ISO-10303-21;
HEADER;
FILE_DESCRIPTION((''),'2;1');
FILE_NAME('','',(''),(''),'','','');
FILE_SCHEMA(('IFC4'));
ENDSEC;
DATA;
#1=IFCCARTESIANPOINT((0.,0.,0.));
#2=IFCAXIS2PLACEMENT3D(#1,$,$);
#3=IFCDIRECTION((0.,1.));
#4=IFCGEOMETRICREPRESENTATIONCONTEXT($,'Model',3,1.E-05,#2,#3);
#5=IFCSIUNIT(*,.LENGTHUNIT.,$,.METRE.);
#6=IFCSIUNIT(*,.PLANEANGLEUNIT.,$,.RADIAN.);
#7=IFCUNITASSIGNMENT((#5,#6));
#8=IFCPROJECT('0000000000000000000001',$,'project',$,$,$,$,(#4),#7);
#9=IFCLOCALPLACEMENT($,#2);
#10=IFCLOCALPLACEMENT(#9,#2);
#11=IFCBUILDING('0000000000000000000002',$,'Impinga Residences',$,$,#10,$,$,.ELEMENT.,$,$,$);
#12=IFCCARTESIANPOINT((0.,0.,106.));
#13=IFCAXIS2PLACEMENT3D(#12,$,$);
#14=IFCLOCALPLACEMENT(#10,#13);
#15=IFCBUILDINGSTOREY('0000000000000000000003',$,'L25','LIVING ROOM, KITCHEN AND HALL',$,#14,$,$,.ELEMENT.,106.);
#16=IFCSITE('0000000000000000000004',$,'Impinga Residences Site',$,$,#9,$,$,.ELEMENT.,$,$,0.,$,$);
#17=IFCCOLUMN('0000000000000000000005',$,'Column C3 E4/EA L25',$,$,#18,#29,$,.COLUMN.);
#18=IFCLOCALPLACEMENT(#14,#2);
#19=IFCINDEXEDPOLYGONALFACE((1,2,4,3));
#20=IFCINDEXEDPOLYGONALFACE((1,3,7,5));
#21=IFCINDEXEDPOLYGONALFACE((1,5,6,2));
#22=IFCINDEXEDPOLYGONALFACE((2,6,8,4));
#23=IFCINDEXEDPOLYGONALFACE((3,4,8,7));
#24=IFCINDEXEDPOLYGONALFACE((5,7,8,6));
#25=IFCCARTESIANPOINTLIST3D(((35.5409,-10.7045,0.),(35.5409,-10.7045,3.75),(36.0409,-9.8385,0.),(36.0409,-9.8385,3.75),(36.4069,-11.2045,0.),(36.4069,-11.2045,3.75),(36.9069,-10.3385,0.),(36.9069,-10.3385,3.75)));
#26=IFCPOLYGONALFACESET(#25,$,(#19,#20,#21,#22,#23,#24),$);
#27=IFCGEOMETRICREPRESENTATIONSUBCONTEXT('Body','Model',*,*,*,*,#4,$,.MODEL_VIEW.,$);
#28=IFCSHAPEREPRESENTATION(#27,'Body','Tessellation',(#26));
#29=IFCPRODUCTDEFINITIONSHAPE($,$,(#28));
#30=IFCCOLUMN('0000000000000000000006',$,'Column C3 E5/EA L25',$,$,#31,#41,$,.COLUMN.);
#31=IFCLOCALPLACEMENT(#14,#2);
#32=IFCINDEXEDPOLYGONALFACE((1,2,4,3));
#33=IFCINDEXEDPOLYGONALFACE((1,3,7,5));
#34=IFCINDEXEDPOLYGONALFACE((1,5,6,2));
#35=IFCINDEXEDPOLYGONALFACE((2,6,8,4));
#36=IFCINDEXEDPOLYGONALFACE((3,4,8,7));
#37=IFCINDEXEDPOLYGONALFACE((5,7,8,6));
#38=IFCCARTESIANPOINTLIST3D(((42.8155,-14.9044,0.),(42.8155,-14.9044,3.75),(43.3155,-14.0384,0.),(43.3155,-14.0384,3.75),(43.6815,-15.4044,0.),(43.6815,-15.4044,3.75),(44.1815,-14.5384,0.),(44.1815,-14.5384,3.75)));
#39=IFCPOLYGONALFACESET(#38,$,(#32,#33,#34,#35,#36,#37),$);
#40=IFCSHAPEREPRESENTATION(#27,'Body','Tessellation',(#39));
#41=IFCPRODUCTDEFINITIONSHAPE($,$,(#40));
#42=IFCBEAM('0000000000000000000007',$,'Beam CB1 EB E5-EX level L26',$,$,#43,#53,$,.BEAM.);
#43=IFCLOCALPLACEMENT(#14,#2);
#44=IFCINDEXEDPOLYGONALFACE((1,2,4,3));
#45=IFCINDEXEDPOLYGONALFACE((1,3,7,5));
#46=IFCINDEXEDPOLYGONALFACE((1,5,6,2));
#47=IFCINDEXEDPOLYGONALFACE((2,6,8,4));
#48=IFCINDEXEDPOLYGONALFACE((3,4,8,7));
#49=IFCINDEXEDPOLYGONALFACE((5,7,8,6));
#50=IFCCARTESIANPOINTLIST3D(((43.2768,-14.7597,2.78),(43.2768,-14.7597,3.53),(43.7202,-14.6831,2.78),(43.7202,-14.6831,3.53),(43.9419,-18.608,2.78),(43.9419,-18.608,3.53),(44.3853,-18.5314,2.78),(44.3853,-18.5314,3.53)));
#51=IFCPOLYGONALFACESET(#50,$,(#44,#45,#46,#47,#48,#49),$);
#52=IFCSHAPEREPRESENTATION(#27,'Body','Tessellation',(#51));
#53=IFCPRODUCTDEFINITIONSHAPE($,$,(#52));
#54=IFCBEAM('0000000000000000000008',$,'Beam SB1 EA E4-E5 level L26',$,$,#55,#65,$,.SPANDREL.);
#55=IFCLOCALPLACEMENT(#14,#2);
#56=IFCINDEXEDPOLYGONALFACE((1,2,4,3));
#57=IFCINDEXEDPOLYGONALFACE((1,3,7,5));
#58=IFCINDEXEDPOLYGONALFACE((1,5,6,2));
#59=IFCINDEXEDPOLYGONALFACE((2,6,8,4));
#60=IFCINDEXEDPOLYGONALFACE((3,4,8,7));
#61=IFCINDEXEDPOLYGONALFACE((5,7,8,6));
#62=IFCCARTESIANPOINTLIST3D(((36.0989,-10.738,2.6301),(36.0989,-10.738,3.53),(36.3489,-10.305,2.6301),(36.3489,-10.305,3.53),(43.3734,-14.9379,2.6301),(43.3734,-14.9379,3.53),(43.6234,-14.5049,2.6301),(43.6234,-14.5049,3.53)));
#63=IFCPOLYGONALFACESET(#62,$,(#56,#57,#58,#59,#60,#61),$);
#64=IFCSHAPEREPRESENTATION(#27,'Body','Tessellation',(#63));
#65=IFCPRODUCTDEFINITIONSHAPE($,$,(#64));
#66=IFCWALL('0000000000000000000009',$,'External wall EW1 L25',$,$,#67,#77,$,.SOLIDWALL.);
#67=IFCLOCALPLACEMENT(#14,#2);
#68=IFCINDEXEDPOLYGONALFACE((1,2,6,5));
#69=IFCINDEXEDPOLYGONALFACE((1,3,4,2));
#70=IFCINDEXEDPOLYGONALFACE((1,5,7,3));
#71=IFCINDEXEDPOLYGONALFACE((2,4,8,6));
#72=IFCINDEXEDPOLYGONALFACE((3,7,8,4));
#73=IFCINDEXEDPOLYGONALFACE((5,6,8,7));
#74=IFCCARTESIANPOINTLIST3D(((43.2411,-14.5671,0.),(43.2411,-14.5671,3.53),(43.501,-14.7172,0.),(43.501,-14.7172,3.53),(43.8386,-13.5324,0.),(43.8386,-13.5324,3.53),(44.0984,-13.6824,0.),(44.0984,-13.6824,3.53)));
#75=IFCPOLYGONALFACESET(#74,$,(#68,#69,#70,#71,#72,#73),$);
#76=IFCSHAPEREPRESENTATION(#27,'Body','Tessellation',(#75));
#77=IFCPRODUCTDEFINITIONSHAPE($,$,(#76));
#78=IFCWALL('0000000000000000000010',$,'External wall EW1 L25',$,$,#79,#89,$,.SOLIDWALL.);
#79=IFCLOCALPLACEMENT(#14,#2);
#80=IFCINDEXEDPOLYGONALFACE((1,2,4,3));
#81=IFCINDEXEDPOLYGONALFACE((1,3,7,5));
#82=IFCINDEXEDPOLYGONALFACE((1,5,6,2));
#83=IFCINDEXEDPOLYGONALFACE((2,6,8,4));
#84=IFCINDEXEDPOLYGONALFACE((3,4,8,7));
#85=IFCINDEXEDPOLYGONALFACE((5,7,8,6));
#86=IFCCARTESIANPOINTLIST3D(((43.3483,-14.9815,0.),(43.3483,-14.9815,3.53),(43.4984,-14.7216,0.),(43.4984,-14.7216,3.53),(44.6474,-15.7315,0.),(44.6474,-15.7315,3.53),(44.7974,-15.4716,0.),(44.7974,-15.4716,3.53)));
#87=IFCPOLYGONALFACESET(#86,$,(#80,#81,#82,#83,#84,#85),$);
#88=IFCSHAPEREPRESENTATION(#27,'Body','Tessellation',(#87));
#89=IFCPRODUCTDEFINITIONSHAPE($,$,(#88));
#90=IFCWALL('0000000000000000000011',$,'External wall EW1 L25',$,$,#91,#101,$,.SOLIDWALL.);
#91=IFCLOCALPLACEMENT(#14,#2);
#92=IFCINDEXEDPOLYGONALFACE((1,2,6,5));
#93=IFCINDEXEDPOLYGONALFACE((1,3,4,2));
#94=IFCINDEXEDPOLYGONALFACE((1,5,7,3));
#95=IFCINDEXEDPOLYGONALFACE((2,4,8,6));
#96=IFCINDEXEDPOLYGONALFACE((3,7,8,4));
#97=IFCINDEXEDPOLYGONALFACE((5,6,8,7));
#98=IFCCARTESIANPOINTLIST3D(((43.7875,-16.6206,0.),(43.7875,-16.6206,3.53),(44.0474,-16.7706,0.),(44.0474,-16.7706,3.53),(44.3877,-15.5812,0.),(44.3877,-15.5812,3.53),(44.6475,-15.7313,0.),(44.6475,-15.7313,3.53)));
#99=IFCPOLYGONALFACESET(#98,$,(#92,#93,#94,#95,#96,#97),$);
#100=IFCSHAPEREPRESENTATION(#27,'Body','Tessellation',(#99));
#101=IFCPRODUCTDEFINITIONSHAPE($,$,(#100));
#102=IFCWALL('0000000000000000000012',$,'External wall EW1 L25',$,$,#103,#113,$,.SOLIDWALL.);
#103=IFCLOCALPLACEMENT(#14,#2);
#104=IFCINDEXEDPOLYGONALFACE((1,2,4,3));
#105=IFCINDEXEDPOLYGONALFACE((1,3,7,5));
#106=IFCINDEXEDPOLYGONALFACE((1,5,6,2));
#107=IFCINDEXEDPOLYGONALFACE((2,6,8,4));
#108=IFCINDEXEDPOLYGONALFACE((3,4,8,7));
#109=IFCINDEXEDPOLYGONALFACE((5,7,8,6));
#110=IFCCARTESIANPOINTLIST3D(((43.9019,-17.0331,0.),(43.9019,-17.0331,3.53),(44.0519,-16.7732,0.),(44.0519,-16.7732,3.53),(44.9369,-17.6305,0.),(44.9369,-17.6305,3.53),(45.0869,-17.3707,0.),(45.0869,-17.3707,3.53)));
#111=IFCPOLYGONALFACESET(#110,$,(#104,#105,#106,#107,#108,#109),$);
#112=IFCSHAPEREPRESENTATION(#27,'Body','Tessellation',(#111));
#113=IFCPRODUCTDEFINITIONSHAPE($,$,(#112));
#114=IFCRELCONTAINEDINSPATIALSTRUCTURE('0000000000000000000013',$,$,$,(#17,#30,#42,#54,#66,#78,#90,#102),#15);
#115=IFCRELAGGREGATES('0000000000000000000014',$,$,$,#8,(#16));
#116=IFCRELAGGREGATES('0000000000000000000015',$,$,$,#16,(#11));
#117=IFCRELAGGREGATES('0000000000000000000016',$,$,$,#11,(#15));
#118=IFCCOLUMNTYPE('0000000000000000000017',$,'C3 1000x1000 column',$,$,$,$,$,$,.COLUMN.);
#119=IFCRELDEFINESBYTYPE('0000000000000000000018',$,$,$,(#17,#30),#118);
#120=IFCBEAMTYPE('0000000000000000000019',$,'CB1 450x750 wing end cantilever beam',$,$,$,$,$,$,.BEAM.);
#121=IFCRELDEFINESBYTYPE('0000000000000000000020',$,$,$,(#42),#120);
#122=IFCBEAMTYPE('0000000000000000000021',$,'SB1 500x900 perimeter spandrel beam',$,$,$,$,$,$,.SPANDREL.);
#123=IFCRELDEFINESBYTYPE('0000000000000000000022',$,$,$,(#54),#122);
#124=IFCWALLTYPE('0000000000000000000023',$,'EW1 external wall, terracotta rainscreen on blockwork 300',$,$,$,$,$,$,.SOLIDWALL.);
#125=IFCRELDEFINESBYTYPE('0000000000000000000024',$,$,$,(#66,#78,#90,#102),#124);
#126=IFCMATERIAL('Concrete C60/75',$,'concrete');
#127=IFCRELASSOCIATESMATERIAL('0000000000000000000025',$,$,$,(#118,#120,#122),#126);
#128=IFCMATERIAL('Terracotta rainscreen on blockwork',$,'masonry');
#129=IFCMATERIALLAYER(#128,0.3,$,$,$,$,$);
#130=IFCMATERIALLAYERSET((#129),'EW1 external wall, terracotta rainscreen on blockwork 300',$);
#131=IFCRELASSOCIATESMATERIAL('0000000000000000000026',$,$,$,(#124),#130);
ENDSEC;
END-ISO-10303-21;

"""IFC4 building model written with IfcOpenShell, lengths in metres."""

from ifc_helpers import new_model, si_unit, direction, frame, frame_2d, origin, origin_2d, place, context, subcontext, project, spatial, rectangle, extrude, material, layer, layer_set, material_profile, profile_set, type_object, element, save


model = new_model("IFC4")

# Units and contexts
model_context = context("Model", 3, precision=1e-05, world=origin(), true_north=direction((0.0, 1.0)))
body_context = subcontext(model_context, "Body", "Model", "MODEL_VIEW")
ifc_project = project(units=[si_unit("LENGTHUNIT", "METRE"), si_unit("PLANEANGLEUNIT", "RADIAN")], contexts=[model_context])

# Site, building, storey
site_placement = place(None, origin())
site = spatial("IfcSite", under=ifc_project, at=site_placement, Name="Impinga Residences Site", CompositionType="ELEMENT", RefElevation=0.0)
building_placement = place(site_placement, origin())
building = spatial("IfcBuilding", under=site, at=building_placement, Name="Impinga Residences", CompositionType="ELEMENT")
storey_placement = place(building_placement, frame((0.0, 0.0, 106.0)))
storey = spatial("IfcBuildingStorey", under=building, at=storey_placement, Name="L25", Description="LIVING ROOM, KITCHEN AND HALL", CompositionType="ELEMENT", Elevation=106.0)

# Columns
ifc_material_1 = material(Name="Concrete C60/75", Category="concrete")
ifc_material_profile_1 = material_profile(ifc_material_1, rectangle(XDim=1.0, YDim=1.0, at=origin_2d()), Name="RC 1000x1000")
ifc_profile_set_1 = profile_set([ifc_material_profile_1], Name="Concrete C60/75")
column_type = type_object("IfcColumnType", Name="C3 1000x1000 column", PredefinedType="COLUMN", material=ifc_profile_set_1)
for number, where, z_axis, x_axis, name in (
    (1, (36.2239, -10.5215, 0.0), (0.0, 0.0, 1.0), (-0.5, -0.866025, 0.0), "Column C3 E4/EA L25"),
    (2, (43.4985, -14.7214, 0.0), (0.0, 0.0, 1.0), (-0.5, -0.866025, 0.0), "Column C3 E5/EA L25"),
):
    element("IfcColumn", number, at=place(storey_placement, frame(where, z_axis=z_axis, x_axis=x_axis)), inside=storey, type_object=column_type, Name=name, PredefinedType="COLUMN", context=body_context, shape_type="SweptSolid", body=[
        extrude(rectangle(XDim=1.0, YDim=1.0, at=origin_2d()), origin(), (0.0, 0.0, 1.0), 3.75),
    ])

# Beams
ifc_material_profile_2 = material_profile(ifc_material_1, rectangle(XDim=0.45, YDim=0.75, at=origin_2d()), Name="RC 450x750")
ifc_profile_set_2 = profile_set([ifc_material_profile_2], Name="Concrete C60/75")
beam_type_1 = type_object("IfcBeamType", Name="CB1 450x750 wing end cantilever beam", PredefinedType="BEAM", material=ifc_profile_set_2)
beam_1_placement = place(storey_placement, frame((43.4985, -14.7214, 3.155), z_axis=(0.170296, -0.985393, 0.0), x_axis=(0.985393, 0.170296, 0.0)))
element("IfcBeam", 3, at=beam_1_placement, inside=storey, type_object=beam_type_1, Name="Beam CB1 EB E5-EX level L26", PredefinedType="BEAM", context=body_context, shape_type="SweptSolid", body=[
    extrude(rectangle(XDim=0.45, YDim=0.75, at=origin_2d()), origin(), (0.0, 0.0, 1.0), 3.9053),
])
ifc_material_profile_3 = material_profile(ifc_material_1, rectangle(XDim=0.5, YDim=0.8999, at=origin_2d()), Name="RC 500x900")
ifc_profile_set_3 = profile_set([ifc_material_profile_3], Name="Concrete C60/75")
beam_type_2 = type_object("IfcBeamType", Name="SB1 500x900 perimeter spandrel beam", PredefinedType="SPANDREL", material=ifc_profile_set_3)
beam_2_placement = place(storey_placement, frame((36.2239, -10.5215, 3.0801), z_axis=(0.866029, -0.499993, 0.0), x_axis=(0.499993, 0.866029, 0.0)))
element("IfcBeam", 4, at=beam_2_placement, inside=storey, type_object=beam_type_2, Name="Beam SB1 EA E4-E5 level L26", PredefinedType="SPANDREL", context=body_context, shape_type="SweptSolid", body=[
    extrude(rectangle(XDim=0.5, YDim=0.8999, at=origin_2d()), origin(), (0.0, 0.0, 1.0), 8.3999),
])

# Walls
ifc_material_2 = material(Name="Terracotta rainscreen on blockwork", Category="masonry")
ifc_layer_1 = layer(ifc_material_2, 0.3)
ifc_layer_set_1 = layer_set([ifc_layer_1], Name="EW1 external wall, terracotta rainscreen on blockwork 300")
wall_type_1 = type_object("IfcWallType", Name="EW1 external wall, terracotta rainscreen on blockwork 300", PredefinedType="SOLIDWALL", material=ifc_layer_set_1)
wall_1_placement = place(storey_placement, frame((43.9685, -13.6074, 0.0), z_axis=(0.0, 0.0, 1.0), x_axis=(-0.500029, -0.866009, 0.0)))
element("IfcWall", 5, at=wall_1_placement, inside=storey, type_object=wall_type_1, Name="External wall EW1 L25", PredefinedType="SOLIDWALL", context=body_context, shape_type="SweptSolid", body=[
    extrude(rectangle(XDim=1.1948, YDim=0.3, at=frame_2d((0.5974, 0.0))), origin(), (0.0, 0.0, 1.0), 3.53),
])
wall_2_placement = place(storey_placement, frame((43.4233, -14.8516, 0.0), z_axis=(0.0, 0.0, 1.0), x_axis=(0.866031, -0.49999, 0.0)))
element("IfcWall", 6, at=wall_2_placement, inside=storey, type_object=wall_type_1, Name="External wall EW1 L25", PredefinedType="SOLIDWALL", context=body_context, shape_type="SweptSolid", body=[
    extrude(rectangle(XDim=1.5, YDim=0.3, at=frame_2d((0.75, 0.0))), origin(), (0.0, 0.0, 1.0), 3.53),
])
wall_3_placement = place(storey_placement, frame((44.5176, -15.6562, 0.0), z_axis=(0.0, 0.0, 1.0), x_axis=(-0.500034, -0.866006, 0.0)))
element("IfcWall", 7, at=wall_3_placement, inside=storey, type_object=wall_type_1, Name="External wall EW1 L25", PredefinedType="SOLIDWALL", context=body_context, shape_type="SweptSolid", body=[
    extrude(rectangle(XDim=1.2002, YDim=0.3, at=frame_2d((0.6001, 0.0))), origin(), (0.0, 0.0, 1.0), 3.53),
])
wall_4_placement = place(storey_placement, frame((43.9768, -16.9031, 0.0), z_axis=(0.0, 0.0, 1.0), x_axis=(0.86606, -0.499941, 0.0)))
element("IfcWall", 8, at=wall_4_placement, inside=storey, type_object=wall_type_1, Name="External wall EW1 L25", PredefinedType="SOLIDWALL", context=body_context, shape_type="SweptSolid", body=[
    extrude(rectangle(XDim=1.1951, YDim=0.3, at=frame_2d((0.5977, 0.0))), origin(), (0.0, 0.0, 1.0), 3.53),
])

save(model, "model.ifc")
